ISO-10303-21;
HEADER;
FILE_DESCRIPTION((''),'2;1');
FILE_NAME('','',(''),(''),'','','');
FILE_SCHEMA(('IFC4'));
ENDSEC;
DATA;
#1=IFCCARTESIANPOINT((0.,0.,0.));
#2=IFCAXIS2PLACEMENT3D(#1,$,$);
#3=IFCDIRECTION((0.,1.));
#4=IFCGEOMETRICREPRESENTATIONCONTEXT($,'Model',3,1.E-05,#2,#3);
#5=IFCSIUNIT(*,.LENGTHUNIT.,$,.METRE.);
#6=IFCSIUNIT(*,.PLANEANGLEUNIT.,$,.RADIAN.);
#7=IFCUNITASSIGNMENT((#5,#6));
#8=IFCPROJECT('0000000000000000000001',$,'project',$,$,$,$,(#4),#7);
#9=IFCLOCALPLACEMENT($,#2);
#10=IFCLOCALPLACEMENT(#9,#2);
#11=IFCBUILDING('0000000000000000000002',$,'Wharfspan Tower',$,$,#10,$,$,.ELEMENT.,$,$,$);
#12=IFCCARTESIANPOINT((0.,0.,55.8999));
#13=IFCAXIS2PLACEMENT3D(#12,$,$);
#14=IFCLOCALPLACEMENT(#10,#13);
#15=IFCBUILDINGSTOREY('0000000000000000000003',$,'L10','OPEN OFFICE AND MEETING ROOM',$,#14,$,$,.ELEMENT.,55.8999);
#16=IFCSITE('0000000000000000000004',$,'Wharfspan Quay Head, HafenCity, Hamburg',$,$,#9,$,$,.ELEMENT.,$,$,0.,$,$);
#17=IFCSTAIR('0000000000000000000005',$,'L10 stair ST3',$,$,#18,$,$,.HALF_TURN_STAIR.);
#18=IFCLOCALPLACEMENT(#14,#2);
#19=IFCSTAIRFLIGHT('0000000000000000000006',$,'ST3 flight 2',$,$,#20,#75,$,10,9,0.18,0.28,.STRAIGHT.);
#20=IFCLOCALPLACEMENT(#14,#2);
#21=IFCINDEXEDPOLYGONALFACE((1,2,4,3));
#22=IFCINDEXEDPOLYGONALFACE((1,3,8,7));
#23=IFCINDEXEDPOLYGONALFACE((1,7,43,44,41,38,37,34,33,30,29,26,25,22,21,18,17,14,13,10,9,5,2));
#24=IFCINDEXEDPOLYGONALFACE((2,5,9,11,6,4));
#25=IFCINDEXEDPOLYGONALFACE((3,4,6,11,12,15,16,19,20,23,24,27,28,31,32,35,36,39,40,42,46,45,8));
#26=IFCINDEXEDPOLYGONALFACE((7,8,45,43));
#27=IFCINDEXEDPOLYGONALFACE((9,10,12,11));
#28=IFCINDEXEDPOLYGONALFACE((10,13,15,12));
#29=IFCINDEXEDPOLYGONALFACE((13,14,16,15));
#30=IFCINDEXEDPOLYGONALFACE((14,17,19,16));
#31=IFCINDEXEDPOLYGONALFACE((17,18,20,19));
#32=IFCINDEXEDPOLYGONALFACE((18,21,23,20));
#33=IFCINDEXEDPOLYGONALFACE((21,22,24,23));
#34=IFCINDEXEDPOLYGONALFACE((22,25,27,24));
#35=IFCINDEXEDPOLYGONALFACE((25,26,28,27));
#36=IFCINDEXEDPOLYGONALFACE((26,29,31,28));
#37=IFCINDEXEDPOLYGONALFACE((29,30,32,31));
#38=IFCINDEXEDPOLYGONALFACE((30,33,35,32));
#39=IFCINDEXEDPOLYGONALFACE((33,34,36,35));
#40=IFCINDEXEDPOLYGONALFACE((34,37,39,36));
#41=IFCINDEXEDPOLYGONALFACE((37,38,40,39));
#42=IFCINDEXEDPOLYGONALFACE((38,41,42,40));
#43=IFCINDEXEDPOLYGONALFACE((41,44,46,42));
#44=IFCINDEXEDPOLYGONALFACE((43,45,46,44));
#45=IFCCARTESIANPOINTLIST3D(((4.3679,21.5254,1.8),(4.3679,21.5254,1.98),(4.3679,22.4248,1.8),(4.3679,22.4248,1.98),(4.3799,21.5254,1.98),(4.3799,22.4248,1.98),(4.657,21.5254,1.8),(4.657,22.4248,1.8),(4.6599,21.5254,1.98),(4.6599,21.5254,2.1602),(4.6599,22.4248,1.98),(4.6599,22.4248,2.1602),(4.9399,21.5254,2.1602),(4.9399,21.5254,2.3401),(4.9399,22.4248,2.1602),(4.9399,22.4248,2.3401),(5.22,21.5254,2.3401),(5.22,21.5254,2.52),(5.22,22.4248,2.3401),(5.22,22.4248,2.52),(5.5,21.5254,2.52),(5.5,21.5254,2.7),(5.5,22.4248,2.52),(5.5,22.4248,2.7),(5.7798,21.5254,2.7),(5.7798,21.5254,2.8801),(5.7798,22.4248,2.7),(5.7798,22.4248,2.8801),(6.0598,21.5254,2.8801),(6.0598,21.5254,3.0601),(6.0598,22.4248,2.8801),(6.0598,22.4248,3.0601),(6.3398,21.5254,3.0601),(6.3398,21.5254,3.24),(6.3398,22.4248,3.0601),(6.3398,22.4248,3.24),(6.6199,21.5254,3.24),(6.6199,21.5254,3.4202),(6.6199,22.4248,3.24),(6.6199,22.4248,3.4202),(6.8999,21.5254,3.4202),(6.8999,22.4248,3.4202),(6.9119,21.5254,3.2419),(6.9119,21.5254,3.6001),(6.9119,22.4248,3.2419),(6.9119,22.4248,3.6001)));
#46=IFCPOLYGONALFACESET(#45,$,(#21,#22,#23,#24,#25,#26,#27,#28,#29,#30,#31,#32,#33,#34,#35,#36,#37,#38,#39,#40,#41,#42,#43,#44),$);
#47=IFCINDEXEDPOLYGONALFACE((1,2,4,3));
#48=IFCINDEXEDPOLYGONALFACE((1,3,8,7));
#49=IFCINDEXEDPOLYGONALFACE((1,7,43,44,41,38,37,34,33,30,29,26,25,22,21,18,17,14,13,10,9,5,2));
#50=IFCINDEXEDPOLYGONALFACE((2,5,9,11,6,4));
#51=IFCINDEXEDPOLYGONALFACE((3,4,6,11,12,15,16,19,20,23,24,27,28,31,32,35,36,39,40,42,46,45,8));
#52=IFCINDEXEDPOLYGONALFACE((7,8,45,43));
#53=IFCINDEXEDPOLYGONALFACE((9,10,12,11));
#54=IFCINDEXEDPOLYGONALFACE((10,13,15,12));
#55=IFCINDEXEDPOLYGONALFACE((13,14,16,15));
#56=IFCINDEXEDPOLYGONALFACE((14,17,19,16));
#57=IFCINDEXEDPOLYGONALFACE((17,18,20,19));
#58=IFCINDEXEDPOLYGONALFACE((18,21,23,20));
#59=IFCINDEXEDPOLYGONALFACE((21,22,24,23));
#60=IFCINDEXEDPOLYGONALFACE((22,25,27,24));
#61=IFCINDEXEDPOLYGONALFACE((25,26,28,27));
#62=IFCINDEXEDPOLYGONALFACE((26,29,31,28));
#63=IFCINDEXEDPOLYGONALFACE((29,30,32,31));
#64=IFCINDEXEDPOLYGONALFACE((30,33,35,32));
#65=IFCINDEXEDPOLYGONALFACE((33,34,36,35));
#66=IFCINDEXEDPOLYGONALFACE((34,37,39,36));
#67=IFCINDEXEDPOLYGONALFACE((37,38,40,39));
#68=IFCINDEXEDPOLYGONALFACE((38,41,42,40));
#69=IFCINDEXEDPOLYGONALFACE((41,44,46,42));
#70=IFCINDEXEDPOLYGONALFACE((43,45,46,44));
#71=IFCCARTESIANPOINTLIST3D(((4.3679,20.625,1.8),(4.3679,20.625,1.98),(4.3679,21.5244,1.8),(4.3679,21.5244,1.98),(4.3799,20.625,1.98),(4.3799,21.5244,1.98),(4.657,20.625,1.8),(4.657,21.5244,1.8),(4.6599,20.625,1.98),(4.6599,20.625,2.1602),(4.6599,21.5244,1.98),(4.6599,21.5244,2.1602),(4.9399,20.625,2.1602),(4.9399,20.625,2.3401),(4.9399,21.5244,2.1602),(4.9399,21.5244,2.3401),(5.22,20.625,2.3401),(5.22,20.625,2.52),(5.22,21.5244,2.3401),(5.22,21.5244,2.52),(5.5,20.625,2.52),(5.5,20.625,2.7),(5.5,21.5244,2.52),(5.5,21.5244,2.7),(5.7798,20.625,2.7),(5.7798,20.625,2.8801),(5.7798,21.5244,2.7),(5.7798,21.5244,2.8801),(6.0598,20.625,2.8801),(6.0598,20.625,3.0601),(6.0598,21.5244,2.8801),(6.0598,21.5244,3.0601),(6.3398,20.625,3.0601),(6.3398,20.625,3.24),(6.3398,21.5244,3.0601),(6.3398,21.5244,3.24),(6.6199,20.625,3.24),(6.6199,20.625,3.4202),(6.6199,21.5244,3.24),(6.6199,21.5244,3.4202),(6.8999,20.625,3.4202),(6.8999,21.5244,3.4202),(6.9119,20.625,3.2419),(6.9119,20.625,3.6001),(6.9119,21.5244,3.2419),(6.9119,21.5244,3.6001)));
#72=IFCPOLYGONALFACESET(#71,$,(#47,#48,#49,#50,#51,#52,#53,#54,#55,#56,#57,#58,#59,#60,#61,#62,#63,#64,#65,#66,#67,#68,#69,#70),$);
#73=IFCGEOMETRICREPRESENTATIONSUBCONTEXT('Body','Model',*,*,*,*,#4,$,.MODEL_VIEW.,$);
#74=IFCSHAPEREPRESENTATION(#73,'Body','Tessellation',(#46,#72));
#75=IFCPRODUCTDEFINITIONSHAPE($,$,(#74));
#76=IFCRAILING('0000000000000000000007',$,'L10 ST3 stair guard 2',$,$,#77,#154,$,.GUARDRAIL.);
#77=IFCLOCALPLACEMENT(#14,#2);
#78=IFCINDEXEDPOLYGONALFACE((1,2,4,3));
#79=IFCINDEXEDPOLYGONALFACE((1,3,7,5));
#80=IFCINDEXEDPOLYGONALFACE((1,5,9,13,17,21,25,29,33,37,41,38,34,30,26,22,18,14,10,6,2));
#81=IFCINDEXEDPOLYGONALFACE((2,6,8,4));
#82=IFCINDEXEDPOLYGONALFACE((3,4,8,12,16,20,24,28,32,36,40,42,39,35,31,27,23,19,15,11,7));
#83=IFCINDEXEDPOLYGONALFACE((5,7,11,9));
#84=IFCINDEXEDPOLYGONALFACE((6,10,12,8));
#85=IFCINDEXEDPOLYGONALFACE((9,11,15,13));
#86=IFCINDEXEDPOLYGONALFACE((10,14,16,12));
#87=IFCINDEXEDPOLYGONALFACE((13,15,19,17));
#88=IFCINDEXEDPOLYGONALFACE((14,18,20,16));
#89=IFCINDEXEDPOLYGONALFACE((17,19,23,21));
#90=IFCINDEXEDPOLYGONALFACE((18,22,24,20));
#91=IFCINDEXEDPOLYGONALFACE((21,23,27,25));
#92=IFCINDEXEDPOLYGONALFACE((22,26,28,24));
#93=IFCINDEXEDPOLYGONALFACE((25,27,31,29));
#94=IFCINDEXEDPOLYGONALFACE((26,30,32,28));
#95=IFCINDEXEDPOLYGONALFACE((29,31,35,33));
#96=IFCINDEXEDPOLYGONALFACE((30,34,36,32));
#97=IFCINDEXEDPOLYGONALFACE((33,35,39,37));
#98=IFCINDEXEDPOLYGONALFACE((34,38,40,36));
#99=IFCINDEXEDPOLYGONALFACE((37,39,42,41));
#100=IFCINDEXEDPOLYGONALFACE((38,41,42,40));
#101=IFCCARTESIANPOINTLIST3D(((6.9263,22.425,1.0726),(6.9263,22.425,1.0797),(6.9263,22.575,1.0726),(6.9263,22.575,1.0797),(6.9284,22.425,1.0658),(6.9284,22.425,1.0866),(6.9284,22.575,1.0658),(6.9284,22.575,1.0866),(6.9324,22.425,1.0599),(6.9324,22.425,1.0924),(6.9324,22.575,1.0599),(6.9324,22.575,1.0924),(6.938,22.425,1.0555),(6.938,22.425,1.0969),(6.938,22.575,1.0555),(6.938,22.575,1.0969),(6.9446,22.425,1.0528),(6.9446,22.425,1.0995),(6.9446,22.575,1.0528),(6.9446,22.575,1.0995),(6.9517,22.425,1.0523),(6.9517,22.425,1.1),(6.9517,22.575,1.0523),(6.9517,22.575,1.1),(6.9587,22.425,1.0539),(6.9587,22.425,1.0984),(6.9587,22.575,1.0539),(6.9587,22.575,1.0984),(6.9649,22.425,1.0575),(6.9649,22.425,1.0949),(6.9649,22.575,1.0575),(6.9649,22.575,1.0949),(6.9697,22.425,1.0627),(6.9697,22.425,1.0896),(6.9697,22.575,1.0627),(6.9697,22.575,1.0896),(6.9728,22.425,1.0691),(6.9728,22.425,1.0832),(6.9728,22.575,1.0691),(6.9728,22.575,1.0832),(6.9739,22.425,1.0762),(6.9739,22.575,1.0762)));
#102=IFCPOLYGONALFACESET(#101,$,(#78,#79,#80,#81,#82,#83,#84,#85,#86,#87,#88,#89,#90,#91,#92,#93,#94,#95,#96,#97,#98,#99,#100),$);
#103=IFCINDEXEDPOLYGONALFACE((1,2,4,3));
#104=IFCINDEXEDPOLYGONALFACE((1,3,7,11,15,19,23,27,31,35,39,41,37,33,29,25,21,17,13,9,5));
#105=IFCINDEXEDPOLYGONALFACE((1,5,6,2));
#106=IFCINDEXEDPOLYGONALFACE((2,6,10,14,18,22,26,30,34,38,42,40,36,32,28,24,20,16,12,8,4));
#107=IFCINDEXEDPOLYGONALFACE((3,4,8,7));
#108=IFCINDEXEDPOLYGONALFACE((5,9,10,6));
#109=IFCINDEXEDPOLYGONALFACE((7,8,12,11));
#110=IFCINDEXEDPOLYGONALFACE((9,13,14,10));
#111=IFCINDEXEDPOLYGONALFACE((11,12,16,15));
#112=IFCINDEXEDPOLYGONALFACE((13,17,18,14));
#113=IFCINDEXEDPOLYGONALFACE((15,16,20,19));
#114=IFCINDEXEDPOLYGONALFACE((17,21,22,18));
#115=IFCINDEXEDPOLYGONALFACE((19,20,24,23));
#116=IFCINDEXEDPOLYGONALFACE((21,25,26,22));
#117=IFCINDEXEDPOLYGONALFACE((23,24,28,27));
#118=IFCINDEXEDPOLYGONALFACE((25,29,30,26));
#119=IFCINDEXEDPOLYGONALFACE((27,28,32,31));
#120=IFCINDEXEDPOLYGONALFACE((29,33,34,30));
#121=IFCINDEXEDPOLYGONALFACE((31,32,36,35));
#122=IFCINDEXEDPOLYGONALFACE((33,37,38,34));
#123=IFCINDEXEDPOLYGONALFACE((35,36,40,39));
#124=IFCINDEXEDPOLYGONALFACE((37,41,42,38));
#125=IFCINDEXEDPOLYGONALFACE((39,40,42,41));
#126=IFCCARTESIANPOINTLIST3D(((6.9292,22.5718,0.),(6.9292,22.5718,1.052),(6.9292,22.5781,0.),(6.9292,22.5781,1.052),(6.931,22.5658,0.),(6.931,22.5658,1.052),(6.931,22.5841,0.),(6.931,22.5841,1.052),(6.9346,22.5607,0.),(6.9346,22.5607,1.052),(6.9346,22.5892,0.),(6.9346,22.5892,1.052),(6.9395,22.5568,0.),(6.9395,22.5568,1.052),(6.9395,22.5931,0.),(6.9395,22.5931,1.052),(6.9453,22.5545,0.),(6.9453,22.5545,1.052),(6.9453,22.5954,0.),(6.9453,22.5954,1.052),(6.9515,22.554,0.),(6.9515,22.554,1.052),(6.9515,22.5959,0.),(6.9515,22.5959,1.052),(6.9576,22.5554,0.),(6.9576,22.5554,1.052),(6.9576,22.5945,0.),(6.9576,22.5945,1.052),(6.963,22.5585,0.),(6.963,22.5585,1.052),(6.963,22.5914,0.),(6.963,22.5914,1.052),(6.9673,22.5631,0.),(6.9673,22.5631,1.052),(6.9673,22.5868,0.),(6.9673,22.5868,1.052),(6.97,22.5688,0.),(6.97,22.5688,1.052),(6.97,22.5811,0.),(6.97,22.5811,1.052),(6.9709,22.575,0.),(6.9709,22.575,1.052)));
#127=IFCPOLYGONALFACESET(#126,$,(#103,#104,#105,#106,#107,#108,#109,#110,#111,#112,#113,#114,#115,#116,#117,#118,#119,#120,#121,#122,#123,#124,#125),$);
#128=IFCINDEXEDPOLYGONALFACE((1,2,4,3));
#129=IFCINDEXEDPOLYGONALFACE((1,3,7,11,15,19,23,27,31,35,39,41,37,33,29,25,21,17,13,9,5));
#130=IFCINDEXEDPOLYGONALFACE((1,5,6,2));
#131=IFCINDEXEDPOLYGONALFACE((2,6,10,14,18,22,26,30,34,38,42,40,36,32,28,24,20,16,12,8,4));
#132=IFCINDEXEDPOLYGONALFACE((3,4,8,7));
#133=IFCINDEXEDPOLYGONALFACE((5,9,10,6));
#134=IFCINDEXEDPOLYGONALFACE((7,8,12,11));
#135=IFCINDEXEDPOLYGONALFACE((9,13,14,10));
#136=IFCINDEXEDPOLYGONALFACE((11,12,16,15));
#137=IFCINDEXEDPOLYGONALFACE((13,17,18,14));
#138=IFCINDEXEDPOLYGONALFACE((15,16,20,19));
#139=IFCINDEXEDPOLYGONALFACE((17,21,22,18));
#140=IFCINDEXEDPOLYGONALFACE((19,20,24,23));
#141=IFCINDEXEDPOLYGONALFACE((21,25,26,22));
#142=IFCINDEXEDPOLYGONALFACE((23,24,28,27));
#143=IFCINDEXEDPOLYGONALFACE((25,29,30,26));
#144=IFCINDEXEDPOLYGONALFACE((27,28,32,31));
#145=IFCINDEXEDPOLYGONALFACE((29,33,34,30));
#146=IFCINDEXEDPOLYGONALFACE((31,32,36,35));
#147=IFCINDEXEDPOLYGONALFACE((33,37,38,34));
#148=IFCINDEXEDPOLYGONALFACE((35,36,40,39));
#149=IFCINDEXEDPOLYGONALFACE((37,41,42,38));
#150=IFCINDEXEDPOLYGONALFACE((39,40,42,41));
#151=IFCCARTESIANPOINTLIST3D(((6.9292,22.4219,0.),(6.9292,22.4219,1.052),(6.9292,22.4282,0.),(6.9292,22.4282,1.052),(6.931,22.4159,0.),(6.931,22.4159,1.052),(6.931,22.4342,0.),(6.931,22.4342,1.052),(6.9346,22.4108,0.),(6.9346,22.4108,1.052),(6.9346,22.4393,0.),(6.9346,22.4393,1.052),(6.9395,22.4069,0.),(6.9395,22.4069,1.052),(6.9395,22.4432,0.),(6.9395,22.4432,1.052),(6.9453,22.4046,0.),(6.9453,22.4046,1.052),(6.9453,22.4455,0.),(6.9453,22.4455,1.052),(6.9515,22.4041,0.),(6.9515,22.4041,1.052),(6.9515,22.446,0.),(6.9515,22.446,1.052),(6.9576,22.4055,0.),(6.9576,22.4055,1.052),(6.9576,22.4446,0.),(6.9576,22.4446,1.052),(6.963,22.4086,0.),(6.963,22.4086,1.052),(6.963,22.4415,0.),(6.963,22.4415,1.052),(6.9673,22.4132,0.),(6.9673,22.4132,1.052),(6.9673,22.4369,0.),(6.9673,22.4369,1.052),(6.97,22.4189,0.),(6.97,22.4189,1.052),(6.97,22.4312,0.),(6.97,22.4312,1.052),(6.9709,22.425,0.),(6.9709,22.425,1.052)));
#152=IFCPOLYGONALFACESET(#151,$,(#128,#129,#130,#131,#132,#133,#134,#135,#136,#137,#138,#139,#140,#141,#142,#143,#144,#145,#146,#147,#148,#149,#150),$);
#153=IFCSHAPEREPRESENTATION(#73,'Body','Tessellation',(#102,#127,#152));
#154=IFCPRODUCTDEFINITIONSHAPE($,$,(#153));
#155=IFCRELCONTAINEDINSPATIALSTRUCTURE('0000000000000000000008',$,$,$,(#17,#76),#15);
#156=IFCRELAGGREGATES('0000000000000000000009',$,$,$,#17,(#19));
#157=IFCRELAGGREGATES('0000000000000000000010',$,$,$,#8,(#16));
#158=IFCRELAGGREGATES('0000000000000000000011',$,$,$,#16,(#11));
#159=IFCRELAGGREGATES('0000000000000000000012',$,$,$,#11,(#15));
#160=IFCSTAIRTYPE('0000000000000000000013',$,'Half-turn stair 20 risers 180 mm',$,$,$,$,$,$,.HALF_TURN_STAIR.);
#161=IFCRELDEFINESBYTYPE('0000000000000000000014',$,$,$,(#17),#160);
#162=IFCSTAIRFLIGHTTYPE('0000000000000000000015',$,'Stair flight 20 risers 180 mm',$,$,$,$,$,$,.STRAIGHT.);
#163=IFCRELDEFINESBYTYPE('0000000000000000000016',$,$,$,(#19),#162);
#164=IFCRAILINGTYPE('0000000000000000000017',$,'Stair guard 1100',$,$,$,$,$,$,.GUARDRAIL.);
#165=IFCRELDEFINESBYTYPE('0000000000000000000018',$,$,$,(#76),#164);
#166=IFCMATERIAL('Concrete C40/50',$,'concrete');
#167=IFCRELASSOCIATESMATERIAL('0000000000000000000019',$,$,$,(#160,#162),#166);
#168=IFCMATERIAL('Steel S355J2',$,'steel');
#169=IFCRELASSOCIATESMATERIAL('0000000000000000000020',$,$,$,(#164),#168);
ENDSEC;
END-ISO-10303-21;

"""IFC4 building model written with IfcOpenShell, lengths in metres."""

from ifc_helpers import new_model, si_unit, direction, frame, origin, origin_2d, place, context, subcontext, project, spatial, polyline, circle, outline, extrude, material, type_object, element, aggregate, save


model = new_model("IFC4")

# Units and contexts
model_context = context("Model", 3, precision=1e-05, world=origin(), true_north=direction((0.0, 1.0)))
body_context = subcontext(model_context, "Body", "Model", "MODEL_VIEW")
ifc_project = project(units=[si_unit("LENGTHUNIT", "METRE"), si_unit("PLANEANGLEUNIT", "RADIAN")], contexts=[model_context])

# Site, building, storey
site_placement = place(None, origin())
site = spatial("IfcSite", under=ifc_project, at=site_placement, Name="Wharfspan Quay Head, HafenCity, Hamburg", CompositionType="ELEMENT", RefElevation=0.0)
building_placement = place(site_placement, origin())
building = spatial("IfcBuilding", under=site, at=building_placement, Name="Wharfspan Tower", CompositionType="ELEMENT")
storey_placement = place(building_placement, frame((0.0, 0.0, 55.8999)))
storey = spatial("IfcBuildingStorey", under=building, at=storey_placement, Name="L10", Description="OPEN OFFICE AND MEETING ROOM", CompositionType="ELEMENT", Elevation=55.8999)

# Shared definitions
ifc_material_1 = material(Name="Steel S355J2", Category="steel")

# Shared definitions
ifc_material_2 = material(Name="Concrete C40/50", Category="concrete")

# Stair, stair flight
stair_type = type_object("IfcStairType", Name="Half-turn stair 20 risers 180 mm", PredefinedType="HALF_TURN_STAIR", material=ifc_material_2)
stair_placement = place(storey_placement, origin())
stair = element("IfcStair", 1, at=stair_placement, inside=storey, type_object=stair_type, Name="L10 stair ST3", PredefinedType="HALF_TURN_STAIR")
stair_flight_type = type_object("IfcStairFlightType", Name="Stair flight 20 risers 180 mm", PredefinedType="STRAIGHT", material=ifc_material_2)
stair_flight_1_placement = place(storey_placement, frame((4.3799, 21.5249, 1.8), z_axis=(0.0, 0.0, 1.0), x_axis=(1.0, 0.0, 0.0)))
stair_flight_1 = element("IfcStairFlight", 2, at=stair_flight_1_placement, type_object=stair_flight_type, Name="ST3 flight 2", NumberOfRisers=10, NumberOfTreads=9, PredefinedType="STRAIGHT", RiserHeight=0.18, TreadLength=0.28, context=body_context, shape_type="SweptSolid", body=[
    extrude(outline(polyline([(-0.012, 0.0), (-0.012, 0.1799), (0.0, 0.1799), (0.28, 0.1799), (0.28, 0.3601), (0.5601, 0.3601), (0.5601, 0.54), (0.8401, 0.54), (0.8401, 0.72), (1.1201, 0.72), (1.1201, 0.8999), (1.3999, 0.8999), (1.3999, 1.0801), (1.6799, 1.0801), (1.6799, 1.26), (1.96, 1.26), (1.96, 1.4399), (2.24, 1.4399), (2.24, 1.6201), (2.52, 1.6201), (2.532, 1.8), (2.532, 1.4419), (0.2771, 0.0), (-0.012, 0.0)])), frame((0.0, 0.8999, 0.0), z_axis=(0.0, -1.0, 0.0), x_axis=(1.0, 0.0, 0.0)), (0.0, 0.0, 1.0), 0.8994),
    extrude(outline(polyline([(-0.012, 0.0), (-0.012, 0.1799), (0.0, 0.1799), (0.28, 0.1799), (0.28, 0.3601), (0.5601, 0.3601), (0.5601, 0.54), (0.8401, 0.54), (0.8401, 0.72), (1.1201, 0.72), (1.1201, 0.8999), (1.3999, 0.8999), (1.3999, 1.0801), (1.6799, 1.0801), (1.6799, 1.26), (1.96, 1.26), (1.96, 1.4399), (2.24, 1.4399), (2.24, 1.6201), (2.52, 1.6201), (2.532, 1.8), (2.532, 1.4419), (0.2771, 0.0), (-0.012, 0.0)])), frame((0.0, -0.0005, 0.0), z_axis=(0.0, -1.0, 0.0), x_axis=(1.0, 0.0, 0.0)), (0.0, 0.0, 1.0), 0.8994),
])
aggregate(stair, [stair_flight_1])

# Railing
railing_type_1 = type_object("IfcRailingType", Name="Stair guard 1100", PredefinedType="GUARDRAIL", material=ifc_material_1)
railing_1_placement = place(storey_placement, frame((6.95, 22.575, 0.0)))
element("IfcRailing", 3, at=railing_1_placement, inside=storey, type_object=railing_type_1, Name="L10 ST3 stair guard 2", PredefinedType="GUARDRAIL", context=body_context, shape_type="SweptSolid", body=[
    extrude(circle(Radius=0.0239, at=origin_2d()), frame((0.0, 0.0, 1.0762), z_axis=(0.0, -1.0, 0.0), x_axis=(1.0, 0.0, 0.0)), (0.0, 0.0, 1.0), 0.1499),
    extrude(circle(Radius=0.021, at=origin_2d()), origin(), (0.0, 0.0, 1.0), 1.052),
    extrude(circle(Radius=0.021, at=origin_2d()), frame((0.0, -0.1499, 0.0)), (0.0, 0.0, 1.0), 1.052),
])

save(model, "model.ifc")
